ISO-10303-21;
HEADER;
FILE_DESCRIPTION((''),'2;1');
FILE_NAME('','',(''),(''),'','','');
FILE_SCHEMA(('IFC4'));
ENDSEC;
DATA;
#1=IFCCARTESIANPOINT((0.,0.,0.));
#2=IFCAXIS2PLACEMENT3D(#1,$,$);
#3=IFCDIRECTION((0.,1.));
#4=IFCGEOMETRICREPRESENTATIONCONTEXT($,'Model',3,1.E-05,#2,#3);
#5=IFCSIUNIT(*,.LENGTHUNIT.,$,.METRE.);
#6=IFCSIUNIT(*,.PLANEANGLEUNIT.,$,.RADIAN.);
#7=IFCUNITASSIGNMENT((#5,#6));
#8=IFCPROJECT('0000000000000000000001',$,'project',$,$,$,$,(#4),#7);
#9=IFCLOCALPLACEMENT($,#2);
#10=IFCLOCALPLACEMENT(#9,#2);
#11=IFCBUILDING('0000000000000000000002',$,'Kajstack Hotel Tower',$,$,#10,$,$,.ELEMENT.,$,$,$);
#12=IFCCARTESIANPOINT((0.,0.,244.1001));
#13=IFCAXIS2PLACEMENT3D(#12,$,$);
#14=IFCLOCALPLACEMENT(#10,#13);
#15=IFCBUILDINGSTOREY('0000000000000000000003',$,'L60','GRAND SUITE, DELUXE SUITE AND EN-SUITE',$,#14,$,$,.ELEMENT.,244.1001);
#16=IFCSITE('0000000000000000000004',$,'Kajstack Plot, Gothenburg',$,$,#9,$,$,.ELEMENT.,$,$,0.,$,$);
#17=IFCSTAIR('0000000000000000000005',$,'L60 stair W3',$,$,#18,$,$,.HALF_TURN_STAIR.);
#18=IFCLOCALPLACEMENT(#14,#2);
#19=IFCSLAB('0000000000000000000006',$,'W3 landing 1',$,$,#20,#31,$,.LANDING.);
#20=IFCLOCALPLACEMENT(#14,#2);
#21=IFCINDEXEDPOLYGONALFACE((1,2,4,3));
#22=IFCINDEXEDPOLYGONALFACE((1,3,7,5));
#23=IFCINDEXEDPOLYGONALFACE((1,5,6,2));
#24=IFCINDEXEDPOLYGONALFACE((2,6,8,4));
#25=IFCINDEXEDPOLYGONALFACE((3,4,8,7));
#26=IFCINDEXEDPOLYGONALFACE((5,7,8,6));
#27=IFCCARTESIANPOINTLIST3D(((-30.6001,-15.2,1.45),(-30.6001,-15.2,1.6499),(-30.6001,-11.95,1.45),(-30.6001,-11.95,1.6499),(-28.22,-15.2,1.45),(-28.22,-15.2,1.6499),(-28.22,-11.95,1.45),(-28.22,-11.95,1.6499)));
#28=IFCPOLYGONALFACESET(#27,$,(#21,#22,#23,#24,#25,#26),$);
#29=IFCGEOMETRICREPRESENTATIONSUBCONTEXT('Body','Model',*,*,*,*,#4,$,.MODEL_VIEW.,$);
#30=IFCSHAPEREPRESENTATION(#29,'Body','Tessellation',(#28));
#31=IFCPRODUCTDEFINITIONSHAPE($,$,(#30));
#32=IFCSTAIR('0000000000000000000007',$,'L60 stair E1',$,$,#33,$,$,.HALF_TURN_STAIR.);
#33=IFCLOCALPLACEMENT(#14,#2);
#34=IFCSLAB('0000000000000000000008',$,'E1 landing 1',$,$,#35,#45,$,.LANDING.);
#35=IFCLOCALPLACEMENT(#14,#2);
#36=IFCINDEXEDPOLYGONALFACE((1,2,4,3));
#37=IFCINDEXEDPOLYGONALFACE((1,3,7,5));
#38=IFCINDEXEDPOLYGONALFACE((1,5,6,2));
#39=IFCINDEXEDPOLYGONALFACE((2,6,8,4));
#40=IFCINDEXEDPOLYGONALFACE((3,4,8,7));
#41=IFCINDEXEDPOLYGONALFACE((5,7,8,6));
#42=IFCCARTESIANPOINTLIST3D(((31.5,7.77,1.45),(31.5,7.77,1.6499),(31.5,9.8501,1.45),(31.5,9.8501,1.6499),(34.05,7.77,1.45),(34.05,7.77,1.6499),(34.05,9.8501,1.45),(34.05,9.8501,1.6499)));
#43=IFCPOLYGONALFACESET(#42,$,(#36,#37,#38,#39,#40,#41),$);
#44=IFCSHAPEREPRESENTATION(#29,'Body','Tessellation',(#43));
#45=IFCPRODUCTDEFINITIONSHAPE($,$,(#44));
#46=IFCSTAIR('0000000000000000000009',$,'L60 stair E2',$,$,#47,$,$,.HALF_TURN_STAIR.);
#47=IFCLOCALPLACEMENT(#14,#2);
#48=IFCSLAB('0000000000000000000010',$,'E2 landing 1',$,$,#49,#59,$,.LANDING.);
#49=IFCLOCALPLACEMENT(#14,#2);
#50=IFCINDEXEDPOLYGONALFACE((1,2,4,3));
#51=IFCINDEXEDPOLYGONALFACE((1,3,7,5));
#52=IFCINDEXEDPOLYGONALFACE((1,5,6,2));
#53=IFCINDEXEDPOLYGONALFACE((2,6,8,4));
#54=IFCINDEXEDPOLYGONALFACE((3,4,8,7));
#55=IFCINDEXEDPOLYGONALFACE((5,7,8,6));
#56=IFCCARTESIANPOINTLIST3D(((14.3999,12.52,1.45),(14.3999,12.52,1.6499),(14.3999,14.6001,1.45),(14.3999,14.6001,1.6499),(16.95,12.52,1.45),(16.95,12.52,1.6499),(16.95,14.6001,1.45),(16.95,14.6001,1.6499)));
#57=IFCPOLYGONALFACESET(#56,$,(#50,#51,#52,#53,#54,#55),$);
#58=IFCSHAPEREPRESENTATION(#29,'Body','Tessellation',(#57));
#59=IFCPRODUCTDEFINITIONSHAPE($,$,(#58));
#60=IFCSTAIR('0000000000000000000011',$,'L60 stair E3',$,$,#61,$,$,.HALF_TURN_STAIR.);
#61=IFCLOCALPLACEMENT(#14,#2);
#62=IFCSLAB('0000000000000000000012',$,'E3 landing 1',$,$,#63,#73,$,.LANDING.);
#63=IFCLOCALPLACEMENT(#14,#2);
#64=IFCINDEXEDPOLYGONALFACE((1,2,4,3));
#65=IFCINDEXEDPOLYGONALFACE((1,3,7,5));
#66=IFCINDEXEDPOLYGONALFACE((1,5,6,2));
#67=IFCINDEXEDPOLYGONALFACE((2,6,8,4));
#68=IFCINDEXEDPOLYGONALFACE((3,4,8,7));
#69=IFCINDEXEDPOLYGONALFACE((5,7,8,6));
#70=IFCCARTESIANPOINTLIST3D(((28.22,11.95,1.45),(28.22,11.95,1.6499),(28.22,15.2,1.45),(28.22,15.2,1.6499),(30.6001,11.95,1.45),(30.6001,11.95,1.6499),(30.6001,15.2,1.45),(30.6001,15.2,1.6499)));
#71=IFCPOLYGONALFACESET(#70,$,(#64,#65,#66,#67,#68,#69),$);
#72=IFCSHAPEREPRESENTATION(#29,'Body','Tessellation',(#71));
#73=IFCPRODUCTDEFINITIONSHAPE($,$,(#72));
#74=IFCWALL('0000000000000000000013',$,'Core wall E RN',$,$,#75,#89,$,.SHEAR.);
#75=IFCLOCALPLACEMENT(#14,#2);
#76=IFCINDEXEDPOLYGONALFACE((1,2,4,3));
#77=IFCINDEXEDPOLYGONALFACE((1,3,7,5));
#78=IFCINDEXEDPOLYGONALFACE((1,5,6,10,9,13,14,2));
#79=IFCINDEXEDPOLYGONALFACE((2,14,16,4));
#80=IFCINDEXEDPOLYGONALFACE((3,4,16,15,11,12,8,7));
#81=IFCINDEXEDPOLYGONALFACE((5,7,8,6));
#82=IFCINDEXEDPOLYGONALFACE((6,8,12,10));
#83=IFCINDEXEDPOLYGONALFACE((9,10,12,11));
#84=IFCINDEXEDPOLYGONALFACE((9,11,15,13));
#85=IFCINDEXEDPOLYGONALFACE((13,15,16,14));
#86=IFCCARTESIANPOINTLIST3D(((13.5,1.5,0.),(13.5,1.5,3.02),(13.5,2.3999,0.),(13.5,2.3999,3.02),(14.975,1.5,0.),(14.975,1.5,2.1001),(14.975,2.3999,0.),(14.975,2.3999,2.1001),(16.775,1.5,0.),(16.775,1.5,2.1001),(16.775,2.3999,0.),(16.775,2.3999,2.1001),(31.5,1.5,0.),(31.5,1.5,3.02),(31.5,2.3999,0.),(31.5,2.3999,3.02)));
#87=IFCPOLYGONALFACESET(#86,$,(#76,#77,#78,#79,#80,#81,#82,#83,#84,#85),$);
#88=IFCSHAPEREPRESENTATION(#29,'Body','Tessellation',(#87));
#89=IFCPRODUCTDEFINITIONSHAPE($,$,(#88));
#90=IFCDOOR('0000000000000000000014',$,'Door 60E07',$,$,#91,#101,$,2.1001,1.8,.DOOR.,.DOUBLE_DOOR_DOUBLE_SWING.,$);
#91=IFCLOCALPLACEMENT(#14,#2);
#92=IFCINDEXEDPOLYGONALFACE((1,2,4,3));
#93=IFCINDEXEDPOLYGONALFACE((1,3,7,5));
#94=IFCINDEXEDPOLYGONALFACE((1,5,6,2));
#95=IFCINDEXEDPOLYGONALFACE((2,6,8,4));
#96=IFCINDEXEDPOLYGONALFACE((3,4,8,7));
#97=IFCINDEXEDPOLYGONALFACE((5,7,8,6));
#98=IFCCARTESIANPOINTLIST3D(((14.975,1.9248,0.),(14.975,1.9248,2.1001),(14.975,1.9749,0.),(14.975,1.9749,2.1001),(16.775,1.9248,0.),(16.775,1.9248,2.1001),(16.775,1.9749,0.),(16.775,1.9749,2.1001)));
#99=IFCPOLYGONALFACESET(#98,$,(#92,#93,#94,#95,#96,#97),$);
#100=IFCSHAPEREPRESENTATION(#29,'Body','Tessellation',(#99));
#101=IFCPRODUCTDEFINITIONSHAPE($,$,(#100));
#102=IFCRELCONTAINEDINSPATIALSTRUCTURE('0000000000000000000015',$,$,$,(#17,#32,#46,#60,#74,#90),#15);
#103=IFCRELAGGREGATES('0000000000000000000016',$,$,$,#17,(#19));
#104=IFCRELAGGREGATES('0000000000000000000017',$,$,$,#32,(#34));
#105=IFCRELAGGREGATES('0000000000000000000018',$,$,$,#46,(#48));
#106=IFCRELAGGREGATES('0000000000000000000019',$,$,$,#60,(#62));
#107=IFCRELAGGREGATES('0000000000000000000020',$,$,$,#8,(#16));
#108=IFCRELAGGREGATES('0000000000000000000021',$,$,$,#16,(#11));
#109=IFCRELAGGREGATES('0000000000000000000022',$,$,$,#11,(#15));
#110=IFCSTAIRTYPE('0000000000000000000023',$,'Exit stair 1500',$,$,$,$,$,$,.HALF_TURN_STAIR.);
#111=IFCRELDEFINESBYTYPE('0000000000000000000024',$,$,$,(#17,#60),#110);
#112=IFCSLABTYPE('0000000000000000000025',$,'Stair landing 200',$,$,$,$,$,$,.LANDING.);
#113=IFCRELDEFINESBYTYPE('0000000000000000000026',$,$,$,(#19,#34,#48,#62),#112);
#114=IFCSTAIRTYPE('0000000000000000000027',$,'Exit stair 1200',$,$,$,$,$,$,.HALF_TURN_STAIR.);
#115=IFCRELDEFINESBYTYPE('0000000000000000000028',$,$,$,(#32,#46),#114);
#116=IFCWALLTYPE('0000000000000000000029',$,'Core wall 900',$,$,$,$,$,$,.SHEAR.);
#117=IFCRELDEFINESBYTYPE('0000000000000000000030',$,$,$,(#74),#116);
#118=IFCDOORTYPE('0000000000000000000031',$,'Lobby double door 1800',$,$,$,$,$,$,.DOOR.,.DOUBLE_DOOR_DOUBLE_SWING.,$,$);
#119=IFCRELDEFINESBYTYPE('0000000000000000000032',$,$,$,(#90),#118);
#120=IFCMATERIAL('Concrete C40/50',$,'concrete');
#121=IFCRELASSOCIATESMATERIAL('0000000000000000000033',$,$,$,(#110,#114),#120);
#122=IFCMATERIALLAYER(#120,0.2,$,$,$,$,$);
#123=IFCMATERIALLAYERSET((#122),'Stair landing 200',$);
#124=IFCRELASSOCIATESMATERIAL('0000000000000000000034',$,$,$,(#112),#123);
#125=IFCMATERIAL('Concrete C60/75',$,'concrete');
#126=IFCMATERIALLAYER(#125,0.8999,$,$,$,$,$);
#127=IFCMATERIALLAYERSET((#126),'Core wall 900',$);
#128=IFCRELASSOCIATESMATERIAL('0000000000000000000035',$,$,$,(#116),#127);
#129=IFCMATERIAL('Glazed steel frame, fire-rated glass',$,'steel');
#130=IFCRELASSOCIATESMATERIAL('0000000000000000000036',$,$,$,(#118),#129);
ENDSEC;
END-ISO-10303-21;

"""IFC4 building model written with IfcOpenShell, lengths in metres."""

from ifc_helpers import new_model, si_unit, direction, frame, frame_2d, origin, place, context, subcontext, project, spatial, polyline, rectangle, outline, extrude, material, layer, layer_set, type_object, element, fill, aggregate, save


model = new_model("IFC4")

# Units and contexts
model_context = context("Model", 3, precision=1e-05, world=origin(), true_north=direction((0.0, 1.0)))
body_context = subcontext(model_context, "Body", "Model", "MODEL_VIEW")
ifc_project = project(units=[si_unit("LENGTHUNIT", "METRE"), si_unit("PLANEANGLEUNIT", "RADIAN")], contexts=[model_context])

# Site, building, storey
site_placement = place(None, origin())
site = spatial("IfcSite", under=ifc_project, at=site_placement, Name="Kajstack Plot, Gothenburg", CompositionType="ELEMENT", RefElevation=0.0)
building_placement = place(site_placement, origin())
building = spatial("IfcBuilding", under=site, at=building_placement, Name="Kajstack Hotel Tower", CompositionType="ELEMENT")
storey_placement = place(building_placement, frame((0.0, 0.0, 244.1001)))
storey = spatial("IfcBuildingStorey", under=building, at=storey_placement, Name="L60", Description="GRAND SUITE, DELUXE SUITE AND EN-SUITE", CompositionType="ELEMENT", Elevation=244.1001)

# Stairs, slabs
ifc_material_1 = material(Name="Concrete C40/50", Category="concrete")
stair_type_1 = type_object("IfcStairType", Name="Exit stair 1500", PredefinedType="HALF_TURN_STAIR", material=ifc_material_1)
stair_1_placement = place(storey_placement, origin())
stair_1 = element("IfcStair", 1, at=stair_1_placement, inside=storey, type_object=stair_type_1, Name="L60 stair W3", PredefinedType="HALF_TURN_STAIR")
ifc_layer_1 = layer(ifc_material_1, 0.2)
ifc_layer_set_1 = layer_set([ifc_layer_1], Name="Stair landing 200")
slab_type = type_object("IfcSlabType", Name="Stair landing 200", PredefinedType="LANDING", material=ifc_layer_set_1)
slab_1_placement = place(storey_placement, frame((0.0, 0.0, 1.45)))
slab_1 = element("IfcSlab", 2, at=slab_1_placement, type_object=slab_type, Name="W3 landing 1", PredefinedType="LANDING", context=body_context, shape_type="SweptSolid", body=[
    extrude(outline(polyline([(-28.22, -11.95), (-30.6001, -11.95), (-30.6001, -15.2), (-28.22, -15.2), (-28.22, -11.95)])), origin(), (0.0, 0.0, 1.0), 0.2),
])
aggregate(stair_1, [slab_1])
stair_type_2 = type_object("IfcStairType", Name="Exit stair 1200", PredefinedType="HALF_TURN_STAIR", material=ifc_material_1)
stair_2_placement = place(storey_placement, origin())
stair_2 = element("IfcStair", 3, at=stair_2_placement, inside=storey, type_object=stair_type_2, Name="L60 stair E1", PredefinedType="HALF_TURN_STAIR")
slab_2_placement = place(storey_placement, frame((0.0, 0.0, 1.45)))
slab_2 = element("IfcSlab", 4, at=slab_2_placement, type_object=slab_type, Name="E1 landing 1", PredefinedType="LANDING", context=body_context, shape_type="SweptSolid", body=[
    extrude(outline(polyline([(34.05, 7.77), (34.05, 9.8501), (31.5, 9.8501), (31.5, 7.77), (34.05, 7.77)])), origin(), (0.0, 0.0, 1.0), 0.2),
])
aggregate(stair_2, [slab_2])
stair_3_placement = place(storey_placement, origin())
stair_3 = element("IfcStair", 5, at=stair_3_placement, inside=storey, type_object=stair_type_2, Name="L60 stair E2", PredefinedType="HALF_TURN_STAIR")
slab_3_placement = place(storey_placement, frame((0.0, 0.0, 1.45)))
slab_3 = element("IfcSlab", 6, at=slab_3_placement, type_object=slab_type, Name="E2 landing 1", PredefinedType="LANDING", context=body_context, shape_type="SweptSolid", body=[
    extrude(outline(polyline([(16.95, 12.52), (16.95, 14.6001), (14.3999, 14.6001), (14.3999, 12.52), (16.95, 12.52)])), origin(), (0.0, 0.0, 1.0), 0.2),
])
aggregate(stair_3, [slab_3])
stair_4_placement = place(storey_placement, origin())
stair_4 = element("IfcStair", 7, at=stair_4_placement, inside=storey, type_object=stair_type_1, Name="L60 stair E3", PredefinedType="HALF_TURN_STAIR")
slab_4_placement = place(storey_placement, frame((0.0, 0.0, 1.45)))
slab_4 = element("IfcSlab", 8, at=slab_4_placement, type_object=slab_type, Name="E3 landing 1", PredefinedType="LANDING", context=body_context, shape_type="SweptSolid", body=[
    extrude(outline(polyline([(28.22, 11.95), (30.6001, 11.95), (30.6001, 15.2), (28.22, 15.2), (28.22, 11.95)])), origin(), (0.0, 0.0, 1.0), 0.2),
])
aggregate(stair_4, [slab_4])

# Wall, opening, door
ifc_material_2 = material(Name="Concrete C60/75", Category="concrete")
ifc_layer_2 = layer(ifc_material_2, 0.8999)
ifc_layer_set_2 = layer_set([ifc_layer_2], Name="Core wall 900")
wall_type_1 = type_object("IfcWallType", Name="Core wall 900", PredefinedType="SHEAR", material=ifc_layer_set_2)
wall_1_placement = place(storey_placement, frame((13.5, 1.95, 0.0), z_axis=(0.0, 0.0, 1.0), x_axis=(1.0, 0.0, 0.0)))
wall_1 = element("IfcWall", 9, at=wall_1_placement, inside=storey, type_object=wall_type_1, Name="Core wall E RN", PredefinedType="SHEAR", context=body_context, shape_type="SweptSolid", body=[
    extrude(rectangle(XDim=18.0, YDim=0.8999, at=frame_2d((9.0, 0.0))), origin(), (0.0, 0.0, 1.0), 3.02),
])
opening_1_placement = place(wall_1_placement, frame((1.4751, 0.0, 0.0)))
opening_1 = element("IfcOpeningElement", 10, at=opening_1_placement, cuts=wall_1, PredefinedType="OPENING", context=body_context, shape_type="SweptSolid", body=[
    extrude(rectangle(XDim=1.8, YDim=2.1001, at=frame_2d((0.8999, 1.05))), frame((0.0, 0.46, 0.0), z_axis=(0.0, -1.0, 0.0), x_axis=(1.0, 0.0, 0.0)), (0.0, 0.0, 1.0), 0.9199),
])
ifc_material_3 = material(Name="Glazed steel frame, fire-rated glass", Category="steel")
door_type_1 = type_object("IfcDoorType", Name="Lobby double door 1800", OperationType="DOUBLE_DOOR_DOUBLE_SWING", PredefinedType="DOOR", material=ifc_material_3)
door_1_placement = place(opening_1_placement, origin())
door_1 = element("IfcDoor", 11, at=door_1_placement, inside=storey, type_object=door_type_1, Name="Door 60E07", OperationType="DOUBLE_DOOR_DOUBLE_SWING", OverallHeight=2.1001, OverallWidth=1.8, PredefinedType="DOOR", context=body_context, shape_type="SweptSolid", body=[
    extrude(rectangle(XDim=1.8, YDim=2.1001, at=frame_2d((0.8999, 1.05))), frame((0.0, 0.0249, 0.0), z_axis=(0.0, -1.0, 0.0), x_axis=(1.0, 0.0, 0.0)), (0.0, 0.0, 1.0), 0.05),
])
fill(opening_1, door_1)

save(model, "model.ifc")
